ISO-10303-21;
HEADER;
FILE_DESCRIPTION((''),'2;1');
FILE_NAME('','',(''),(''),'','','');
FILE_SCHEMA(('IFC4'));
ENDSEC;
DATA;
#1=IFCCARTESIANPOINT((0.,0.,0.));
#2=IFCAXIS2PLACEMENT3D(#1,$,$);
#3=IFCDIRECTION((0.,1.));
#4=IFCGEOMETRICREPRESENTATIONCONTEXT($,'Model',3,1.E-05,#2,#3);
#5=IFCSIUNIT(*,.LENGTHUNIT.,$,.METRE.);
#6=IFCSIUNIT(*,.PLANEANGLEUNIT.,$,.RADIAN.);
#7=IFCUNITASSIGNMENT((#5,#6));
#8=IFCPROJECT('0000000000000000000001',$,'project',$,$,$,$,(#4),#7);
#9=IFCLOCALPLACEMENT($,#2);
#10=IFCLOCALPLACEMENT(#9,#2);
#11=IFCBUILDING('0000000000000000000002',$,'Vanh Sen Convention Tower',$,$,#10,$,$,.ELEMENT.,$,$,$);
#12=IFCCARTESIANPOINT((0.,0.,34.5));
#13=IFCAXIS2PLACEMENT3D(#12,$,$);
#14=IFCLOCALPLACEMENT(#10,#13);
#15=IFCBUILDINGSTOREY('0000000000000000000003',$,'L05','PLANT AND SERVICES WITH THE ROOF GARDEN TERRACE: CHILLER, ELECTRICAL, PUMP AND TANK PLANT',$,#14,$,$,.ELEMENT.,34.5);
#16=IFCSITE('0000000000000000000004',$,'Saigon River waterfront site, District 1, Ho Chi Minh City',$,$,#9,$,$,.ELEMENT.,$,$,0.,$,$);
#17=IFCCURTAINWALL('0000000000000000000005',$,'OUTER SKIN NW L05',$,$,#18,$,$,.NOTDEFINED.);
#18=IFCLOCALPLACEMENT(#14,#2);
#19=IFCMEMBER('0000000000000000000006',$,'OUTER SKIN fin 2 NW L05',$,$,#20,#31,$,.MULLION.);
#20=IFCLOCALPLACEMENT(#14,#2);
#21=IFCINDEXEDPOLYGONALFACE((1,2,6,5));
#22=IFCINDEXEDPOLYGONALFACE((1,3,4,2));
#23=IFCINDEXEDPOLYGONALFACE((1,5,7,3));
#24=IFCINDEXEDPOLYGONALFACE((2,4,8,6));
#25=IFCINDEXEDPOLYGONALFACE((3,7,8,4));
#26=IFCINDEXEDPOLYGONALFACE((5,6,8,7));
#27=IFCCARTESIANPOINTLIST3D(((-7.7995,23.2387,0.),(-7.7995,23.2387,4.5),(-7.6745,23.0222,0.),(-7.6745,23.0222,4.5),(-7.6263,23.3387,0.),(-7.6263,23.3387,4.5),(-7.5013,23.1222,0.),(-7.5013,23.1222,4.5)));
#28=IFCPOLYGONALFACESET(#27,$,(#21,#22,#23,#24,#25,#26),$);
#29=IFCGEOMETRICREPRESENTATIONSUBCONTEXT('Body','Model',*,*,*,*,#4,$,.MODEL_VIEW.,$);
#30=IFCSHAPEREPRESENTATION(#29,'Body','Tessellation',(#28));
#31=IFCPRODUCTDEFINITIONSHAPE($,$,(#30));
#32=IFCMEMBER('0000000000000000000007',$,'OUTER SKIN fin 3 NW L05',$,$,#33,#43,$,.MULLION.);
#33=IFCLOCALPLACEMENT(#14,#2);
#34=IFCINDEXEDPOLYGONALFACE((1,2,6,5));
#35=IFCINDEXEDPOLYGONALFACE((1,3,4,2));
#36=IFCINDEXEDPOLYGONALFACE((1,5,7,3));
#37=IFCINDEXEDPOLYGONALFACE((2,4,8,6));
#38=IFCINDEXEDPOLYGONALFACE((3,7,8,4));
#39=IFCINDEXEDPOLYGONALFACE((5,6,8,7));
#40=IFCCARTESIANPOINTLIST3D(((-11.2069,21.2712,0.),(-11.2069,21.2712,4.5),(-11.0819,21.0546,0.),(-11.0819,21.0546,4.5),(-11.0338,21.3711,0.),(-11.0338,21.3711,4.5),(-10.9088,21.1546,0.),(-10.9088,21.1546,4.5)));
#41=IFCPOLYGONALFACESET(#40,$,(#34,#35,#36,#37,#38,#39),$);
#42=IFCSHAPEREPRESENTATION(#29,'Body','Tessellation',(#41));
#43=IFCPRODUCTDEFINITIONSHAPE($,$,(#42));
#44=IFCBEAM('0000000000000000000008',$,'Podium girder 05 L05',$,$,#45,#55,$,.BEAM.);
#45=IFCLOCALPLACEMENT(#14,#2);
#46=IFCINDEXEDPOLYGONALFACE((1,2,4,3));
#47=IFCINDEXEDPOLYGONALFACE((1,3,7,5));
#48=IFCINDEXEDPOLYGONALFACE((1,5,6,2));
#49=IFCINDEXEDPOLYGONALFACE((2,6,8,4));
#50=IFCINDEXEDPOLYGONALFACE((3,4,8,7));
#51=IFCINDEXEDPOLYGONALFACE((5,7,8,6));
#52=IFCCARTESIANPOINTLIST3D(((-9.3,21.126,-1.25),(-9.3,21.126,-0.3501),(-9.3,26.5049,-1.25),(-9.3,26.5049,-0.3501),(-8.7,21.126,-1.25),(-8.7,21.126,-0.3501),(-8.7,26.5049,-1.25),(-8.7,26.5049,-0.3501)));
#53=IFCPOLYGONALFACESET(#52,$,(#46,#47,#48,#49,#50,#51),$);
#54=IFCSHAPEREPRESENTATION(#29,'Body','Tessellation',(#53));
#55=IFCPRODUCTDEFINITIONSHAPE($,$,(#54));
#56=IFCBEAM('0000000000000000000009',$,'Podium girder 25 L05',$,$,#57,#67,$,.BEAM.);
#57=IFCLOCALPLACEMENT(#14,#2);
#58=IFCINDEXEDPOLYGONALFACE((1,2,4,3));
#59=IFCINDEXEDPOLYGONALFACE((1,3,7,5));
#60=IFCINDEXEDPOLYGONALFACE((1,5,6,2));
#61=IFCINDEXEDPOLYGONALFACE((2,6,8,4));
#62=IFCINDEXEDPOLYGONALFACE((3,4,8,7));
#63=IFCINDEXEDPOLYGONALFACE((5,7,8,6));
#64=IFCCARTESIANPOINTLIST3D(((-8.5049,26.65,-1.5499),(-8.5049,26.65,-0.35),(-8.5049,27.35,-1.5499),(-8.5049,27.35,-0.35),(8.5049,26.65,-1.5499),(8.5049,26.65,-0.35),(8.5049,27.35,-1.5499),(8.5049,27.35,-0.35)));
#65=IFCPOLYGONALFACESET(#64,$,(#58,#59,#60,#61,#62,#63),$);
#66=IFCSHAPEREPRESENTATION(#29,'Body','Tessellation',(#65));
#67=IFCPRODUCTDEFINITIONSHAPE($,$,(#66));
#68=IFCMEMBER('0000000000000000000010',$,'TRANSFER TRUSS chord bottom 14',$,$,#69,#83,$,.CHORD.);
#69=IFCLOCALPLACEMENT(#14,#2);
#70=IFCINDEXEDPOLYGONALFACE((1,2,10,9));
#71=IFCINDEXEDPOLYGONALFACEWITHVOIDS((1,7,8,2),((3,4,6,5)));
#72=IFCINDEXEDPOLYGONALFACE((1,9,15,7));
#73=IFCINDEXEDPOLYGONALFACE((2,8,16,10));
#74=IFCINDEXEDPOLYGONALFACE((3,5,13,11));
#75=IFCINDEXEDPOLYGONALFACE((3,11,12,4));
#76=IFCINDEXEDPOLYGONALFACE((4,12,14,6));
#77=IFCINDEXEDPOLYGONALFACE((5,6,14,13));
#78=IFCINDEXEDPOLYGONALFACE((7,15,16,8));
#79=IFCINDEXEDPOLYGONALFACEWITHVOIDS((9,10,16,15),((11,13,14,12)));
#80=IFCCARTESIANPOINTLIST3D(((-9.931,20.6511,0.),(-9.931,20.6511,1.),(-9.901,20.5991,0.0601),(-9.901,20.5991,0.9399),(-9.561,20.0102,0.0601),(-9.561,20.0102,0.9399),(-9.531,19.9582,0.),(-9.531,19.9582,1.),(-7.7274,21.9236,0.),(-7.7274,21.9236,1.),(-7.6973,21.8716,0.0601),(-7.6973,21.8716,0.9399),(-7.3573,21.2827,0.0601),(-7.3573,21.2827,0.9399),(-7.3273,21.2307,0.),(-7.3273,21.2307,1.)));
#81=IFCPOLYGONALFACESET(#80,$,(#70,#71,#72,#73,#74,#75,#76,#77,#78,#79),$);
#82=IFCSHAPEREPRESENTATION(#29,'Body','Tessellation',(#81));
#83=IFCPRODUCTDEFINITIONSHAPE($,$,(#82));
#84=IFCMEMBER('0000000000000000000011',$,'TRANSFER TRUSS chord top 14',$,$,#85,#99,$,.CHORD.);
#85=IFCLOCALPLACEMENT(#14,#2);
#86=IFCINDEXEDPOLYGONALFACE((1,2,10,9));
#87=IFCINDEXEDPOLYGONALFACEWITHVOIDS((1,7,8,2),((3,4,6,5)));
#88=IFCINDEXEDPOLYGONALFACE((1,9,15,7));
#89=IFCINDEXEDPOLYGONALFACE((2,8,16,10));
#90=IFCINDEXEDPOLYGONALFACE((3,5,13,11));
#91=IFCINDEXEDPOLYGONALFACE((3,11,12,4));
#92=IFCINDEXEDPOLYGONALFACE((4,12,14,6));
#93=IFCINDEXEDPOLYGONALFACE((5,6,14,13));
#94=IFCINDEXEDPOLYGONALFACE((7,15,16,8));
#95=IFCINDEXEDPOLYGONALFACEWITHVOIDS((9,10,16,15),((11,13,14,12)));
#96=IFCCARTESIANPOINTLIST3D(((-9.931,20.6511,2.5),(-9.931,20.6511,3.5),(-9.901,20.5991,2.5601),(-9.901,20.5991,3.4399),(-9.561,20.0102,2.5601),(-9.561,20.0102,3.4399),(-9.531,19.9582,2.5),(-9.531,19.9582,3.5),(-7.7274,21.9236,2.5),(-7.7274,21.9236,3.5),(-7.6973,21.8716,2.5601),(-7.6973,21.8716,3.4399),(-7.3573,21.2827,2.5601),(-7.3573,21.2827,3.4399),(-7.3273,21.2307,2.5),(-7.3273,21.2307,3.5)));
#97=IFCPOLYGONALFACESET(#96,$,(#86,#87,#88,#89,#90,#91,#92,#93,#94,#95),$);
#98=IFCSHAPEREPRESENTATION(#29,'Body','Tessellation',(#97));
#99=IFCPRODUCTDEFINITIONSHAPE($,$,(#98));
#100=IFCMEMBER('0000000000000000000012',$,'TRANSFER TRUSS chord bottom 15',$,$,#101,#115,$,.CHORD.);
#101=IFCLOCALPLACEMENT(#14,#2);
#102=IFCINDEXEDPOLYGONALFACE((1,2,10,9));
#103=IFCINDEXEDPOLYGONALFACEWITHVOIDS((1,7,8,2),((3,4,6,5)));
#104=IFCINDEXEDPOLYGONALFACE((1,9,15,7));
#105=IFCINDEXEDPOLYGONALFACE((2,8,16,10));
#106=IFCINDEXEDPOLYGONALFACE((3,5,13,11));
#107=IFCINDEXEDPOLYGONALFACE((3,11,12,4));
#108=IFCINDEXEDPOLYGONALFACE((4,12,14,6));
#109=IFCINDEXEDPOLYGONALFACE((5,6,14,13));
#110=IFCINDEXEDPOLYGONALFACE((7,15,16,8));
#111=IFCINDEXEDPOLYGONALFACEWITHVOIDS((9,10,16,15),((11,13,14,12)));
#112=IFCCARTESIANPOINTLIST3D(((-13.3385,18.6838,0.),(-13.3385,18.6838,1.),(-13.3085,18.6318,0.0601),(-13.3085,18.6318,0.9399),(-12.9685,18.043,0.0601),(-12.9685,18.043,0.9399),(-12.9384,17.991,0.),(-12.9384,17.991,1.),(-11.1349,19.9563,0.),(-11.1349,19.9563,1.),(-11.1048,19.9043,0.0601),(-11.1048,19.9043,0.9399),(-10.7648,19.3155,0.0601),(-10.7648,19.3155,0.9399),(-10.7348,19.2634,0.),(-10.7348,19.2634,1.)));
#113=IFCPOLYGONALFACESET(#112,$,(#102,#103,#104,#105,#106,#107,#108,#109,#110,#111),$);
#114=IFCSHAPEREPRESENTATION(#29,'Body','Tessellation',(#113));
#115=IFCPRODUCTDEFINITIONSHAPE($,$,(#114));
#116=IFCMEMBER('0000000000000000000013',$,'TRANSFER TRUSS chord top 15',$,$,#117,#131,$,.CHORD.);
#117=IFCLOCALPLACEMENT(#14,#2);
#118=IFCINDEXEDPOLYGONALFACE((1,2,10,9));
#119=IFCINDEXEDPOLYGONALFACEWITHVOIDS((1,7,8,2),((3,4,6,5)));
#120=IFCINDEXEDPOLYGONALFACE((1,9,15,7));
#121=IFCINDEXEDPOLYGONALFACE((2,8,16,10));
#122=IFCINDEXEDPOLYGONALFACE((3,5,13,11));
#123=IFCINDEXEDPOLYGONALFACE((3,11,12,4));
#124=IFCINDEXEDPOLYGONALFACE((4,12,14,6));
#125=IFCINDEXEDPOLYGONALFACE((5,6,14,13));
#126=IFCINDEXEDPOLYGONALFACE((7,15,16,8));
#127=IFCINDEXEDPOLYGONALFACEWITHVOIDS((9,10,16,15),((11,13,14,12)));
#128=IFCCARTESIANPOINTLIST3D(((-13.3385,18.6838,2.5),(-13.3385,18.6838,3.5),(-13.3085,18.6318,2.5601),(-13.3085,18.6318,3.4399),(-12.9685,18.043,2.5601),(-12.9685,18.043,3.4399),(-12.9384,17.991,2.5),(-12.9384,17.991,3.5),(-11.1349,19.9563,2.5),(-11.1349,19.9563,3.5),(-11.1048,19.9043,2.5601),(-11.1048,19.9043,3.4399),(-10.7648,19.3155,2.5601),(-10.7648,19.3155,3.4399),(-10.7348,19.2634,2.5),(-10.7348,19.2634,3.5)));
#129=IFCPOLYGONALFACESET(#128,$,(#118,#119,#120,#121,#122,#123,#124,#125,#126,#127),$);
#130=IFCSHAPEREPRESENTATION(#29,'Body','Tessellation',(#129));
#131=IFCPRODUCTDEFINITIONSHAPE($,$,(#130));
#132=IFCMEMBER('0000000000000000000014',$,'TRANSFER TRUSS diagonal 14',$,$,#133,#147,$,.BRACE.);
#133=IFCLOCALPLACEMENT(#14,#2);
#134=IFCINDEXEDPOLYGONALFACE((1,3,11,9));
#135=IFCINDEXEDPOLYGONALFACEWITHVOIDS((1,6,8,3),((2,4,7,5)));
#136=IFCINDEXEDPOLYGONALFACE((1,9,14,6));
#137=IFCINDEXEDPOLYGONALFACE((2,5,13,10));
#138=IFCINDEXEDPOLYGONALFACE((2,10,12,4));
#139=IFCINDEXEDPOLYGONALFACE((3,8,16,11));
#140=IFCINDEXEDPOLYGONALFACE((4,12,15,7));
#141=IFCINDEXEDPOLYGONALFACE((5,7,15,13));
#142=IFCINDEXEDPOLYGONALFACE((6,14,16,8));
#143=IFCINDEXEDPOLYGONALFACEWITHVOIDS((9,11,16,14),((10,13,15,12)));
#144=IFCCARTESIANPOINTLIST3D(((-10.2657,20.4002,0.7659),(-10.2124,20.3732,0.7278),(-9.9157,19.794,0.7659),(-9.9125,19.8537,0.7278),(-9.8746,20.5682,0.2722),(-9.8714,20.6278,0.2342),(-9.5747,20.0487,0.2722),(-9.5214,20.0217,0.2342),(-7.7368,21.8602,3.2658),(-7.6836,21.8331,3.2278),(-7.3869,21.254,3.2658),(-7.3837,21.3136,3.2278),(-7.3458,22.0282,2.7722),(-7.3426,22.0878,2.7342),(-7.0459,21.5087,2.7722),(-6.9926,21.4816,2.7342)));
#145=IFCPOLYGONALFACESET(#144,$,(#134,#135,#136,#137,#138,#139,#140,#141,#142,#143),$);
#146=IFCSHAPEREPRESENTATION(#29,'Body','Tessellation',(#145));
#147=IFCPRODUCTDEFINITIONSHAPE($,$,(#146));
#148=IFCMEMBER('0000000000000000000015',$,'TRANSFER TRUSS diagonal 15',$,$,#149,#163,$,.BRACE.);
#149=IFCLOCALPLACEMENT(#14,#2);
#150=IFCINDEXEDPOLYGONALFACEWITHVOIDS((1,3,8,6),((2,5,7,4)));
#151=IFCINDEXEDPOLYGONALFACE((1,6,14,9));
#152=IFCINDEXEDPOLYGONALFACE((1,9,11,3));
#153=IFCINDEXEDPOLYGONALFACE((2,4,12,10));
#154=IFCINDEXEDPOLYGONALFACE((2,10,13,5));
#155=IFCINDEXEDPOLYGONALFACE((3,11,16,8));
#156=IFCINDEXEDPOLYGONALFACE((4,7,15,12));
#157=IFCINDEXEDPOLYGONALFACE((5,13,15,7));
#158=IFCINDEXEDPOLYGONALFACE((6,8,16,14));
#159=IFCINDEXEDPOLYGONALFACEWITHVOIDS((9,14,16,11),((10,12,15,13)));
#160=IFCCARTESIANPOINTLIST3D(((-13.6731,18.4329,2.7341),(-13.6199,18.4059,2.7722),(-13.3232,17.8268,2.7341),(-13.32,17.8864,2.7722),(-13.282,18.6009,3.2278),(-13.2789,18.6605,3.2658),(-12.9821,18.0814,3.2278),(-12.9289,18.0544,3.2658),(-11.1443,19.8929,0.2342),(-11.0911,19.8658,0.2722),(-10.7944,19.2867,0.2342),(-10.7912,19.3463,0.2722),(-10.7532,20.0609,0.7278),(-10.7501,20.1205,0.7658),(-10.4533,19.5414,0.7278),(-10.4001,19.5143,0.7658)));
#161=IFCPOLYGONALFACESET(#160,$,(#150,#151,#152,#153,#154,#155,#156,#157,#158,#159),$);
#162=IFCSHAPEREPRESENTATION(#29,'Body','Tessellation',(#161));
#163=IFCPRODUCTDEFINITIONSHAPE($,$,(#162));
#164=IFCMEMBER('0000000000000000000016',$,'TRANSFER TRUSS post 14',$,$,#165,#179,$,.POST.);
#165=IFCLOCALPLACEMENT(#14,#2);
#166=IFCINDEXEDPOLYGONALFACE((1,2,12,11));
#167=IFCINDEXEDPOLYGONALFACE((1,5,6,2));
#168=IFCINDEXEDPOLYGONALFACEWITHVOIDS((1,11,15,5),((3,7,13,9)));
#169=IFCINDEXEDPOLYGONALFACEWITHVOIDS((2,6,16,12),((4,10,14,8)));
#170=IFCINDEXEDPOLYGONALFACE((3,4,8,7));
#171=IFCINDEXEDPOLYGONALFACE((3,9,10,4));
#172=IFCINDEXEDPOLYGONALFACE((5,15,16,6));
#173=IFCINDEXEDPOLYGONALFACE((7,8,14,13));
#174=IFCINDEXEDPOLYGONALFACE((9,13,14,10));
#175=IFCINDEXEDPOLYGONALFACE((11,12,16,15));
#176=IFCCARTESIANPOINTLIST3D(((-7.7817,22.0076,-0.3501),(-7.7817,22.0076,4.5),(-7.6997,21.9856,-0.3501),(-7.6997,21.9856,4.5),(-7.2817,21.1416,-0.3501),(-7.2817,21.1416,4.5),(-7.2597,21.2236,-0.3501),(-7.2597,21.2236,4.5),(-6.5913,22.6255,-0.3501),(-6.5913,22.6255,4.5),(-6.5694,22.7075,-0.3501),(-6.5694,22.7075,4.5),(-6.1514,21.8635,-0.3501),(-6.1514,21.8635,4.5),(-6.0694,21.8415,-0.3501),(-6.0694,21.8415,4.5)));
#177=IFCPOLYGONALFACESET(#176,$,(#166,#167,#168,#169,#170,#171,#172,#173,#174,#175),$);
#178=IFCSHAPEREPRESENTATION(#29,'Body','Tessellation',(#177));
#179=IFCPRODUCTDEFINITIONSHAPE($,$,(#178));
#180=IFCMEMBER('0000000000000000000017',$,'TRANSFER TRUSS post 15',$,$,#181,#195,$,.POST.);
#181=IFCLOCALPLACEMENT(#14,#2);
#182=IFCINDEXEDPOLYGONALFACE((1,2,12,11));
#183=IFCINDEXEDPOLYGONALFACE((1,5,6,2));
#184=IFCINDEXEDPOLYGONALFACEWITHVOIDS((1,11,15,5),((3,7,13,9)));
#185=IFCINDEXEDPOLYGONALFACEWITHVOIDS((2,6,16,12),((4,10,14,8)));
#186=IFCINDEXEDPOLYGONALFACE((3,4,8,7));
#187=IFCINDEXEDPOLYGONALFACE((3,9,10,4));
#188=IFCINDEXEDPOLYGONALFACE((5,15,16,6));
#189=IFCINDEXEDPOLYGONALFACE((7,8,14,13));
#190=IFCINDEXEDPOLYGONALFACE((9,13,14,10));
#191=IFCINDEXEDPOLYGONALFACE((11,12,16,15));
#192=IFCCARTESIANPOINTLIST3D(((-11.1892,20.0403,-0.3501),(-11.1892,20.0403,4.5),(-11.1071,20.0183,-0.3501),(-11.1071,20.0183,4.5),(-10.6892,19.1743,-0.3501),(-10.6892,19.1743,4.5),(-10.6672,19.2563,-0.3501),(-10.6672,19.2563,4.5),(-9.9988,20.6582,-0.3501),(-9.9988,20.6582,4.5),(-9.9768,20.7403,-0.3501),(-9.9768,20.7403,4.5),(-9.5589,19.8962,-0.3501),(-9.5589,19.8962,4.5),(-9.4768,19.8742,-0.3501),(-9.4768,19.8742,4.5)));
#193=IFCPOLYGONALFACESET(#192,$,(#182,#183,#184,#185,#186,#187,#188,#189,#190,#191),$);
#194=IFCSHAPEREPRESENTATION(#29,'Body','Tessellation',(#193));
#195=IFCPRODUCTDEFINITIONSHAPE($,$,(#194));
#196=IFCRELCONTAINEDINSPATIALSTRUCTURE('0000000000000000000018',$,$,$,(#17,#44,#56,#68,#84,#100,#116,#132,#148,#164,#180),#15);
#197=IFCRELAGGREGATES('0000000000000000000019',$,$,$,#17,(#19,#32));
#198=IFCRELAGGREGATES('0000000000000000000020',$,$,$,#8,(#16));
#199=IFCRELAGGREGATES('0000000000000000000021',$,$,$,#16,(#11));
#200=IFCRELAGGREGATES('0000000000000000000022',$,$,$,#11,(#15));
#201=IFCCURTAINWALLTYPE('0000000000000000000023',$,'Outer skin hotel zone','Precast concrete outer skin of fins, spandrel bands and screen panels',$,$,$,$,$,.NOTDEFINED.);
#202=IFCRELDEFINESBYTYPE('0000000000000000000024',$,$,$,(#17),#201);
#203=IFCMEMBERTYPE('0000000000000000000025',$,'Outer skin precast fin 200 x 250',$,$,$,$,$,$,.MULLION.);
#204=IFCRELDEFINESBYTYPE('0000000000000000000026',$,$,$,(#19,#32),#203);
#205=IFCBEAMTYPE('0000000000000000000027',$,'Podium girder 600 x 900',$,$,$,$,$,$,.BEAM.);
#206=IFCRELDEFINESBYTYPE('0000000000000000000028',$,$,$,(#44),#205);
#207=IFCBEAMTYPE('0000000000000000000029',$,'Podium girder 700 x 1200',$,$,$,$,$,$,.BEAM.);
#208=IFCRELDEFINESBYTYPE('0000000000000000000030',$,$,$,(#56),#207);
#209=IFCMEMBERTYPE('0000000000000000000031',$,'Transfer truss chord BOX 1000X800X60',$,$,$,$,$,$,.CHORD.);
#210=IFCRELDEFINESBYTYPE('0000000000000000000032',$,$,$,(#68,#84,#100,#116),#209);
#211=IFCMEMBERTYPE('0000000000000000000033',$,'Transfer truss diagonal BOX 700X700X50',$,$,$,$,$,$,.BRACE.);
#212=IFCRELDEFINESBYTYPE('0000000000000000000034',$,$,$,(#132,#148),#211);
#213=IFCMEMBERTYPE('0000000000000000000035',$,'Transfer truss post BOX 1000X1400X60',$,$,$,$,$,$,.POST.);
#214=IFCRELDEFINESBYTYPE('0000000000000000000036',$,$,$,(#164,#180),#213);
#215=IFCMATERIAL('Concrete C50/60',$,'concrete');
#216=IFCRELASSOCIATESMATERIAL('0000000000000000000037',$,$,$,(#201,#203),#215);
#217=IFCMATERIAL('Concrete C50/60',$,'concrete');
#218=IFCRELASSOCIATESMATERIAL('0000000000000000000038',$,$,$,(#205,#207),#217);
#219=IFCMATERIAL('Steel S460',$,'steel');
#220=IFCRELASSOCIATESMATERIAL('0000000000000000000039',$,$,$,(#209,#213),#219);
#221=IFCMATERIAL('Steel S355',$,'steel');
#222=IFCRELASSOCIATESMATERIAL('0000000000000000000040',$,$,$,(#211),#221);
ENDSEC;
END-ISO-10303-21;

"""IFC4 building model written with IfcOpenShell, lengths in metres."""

from ifc_helpers import new_model, si_unit, direction, frame, origin, origin_2d, place, context, subcontext, project, spatial, rectangle, hollow_rectangle, extrude, material, material_profile, profile_set, type_object, element, aggregate, save


model = new_model("IFC4")

# Units and contexts
model_context = context("Model", 3, precision=1e-05, world=origin(), true_north=direction((0.0, 1.0)))
body_context = subcontext(model_context, "Body", "Model", "MODEL_VIEW")
ifc_project = project(units=[si_unit("LENGTHUNIT", "METRE"), si_unit("PLANEANGLEUNIT", "RADIAN")], contexts=[model_context])

# Site, building, storey
site_placement = place(None, origin())
site = spatial("IfcSite", under=ifc_project, at=site_placement, Name="Saigon River waterfront site, District 1, Ho Chi Minh City", CompositionType="ELEMENT", RefElevation=0.0)
building_placement = place(site_placement, origin())
building = spatial("IfcBuilding", under=site, at=building_placement, Name="Vanh Sen Convention Tower", CompositionType="ELEMENT")
storey_placement = place(building_placement, frame((0.0, 0.0, 34.5)))
storey = spatial("IfcBuildingStorey", under=building, at=storey_placement, Name="L05", Description="PLANT AND SERVICES WITH THE ROOF GARDEN TERRACE: CHILLER, ELECTRICAL, PUMP AND TANK PLANT", CompositionType="ELEMENT", Elevation=34.5)

# Curtain wall, members
ifc_material_1 = material(Name="Concrete C50/60", Category="concrete")
curtain_wall_type = type_object("IfcCurtainWallType", Name="Outer skin hotel zone", Description="Precast concrete outer skin of fins, spandrel bands and screen panels", PredefinedType="NOTDEFINED", material=ifc_material_1)
curtain_wall_placement = place(storey_placement, origin())
curtain_wall = element("IfcCurtainWall", 1, at=curtain_wall_placement, inside=storey, type_object=curtain_wall_type, Name="OUTER SKIN NW L05", PredefinedType="NOTDEFINED")
ifc_material_profile_1 = material_profile(ifc_material_1, rectangle(XDim=0.2, YDim=0.25, at=origin_2d()), Name="Outer skin precast fin 200 x 250")
ifc_profile_set_1 = profile_set([ifc_material_profile_1], Name="Concrete C50/60")
member_type_1 = type_object("IfcMemberType", Name="Outer skin precast fin 200 x 250", PredefinedType="MULLION", material=ifc_profile_set_1)
member_1_placement = place(storey_placement, frame((-7.6504, 23.1804, 0.0), z_axis=(0.0, 0.0, 1.0), x_axis=(-0.866025, -0.5, 0.0)))
member_1 = element("IfcMember", 2, at=member_1_placement, type_object=member_type_1, Name="OUTER SKIN fin 2 NW L05", PredefinedType="MULLION", context=body_context, shape_type="SweptSolid", body=[
    extrude(rectangle(XDim=0.2, YDim=0.25, at=origin_2d()), origin(), (0.0, 0.0, 1.0), 4.5),
])
member_2_placement = place(storey_placement, frame((-11.0579, 21.2129, 0.0), z_axis=(0.0, 0.0, 1.0), x_axis=(-0.866025, -0.5, 0.0)))
member_2 = element("IfcMember", 3, at=member_2_placement, type_object=member_type_1, Name="OUTER SKIN fin 3 NW L05", PredefinedType="MULLION", context=body_context, shape_type="SweptSolid", body=[
    extrude(rectangle(XDim=0.2, YDim=0.25, at=origin_2d()), origin(), (0.0, 0.0, 1.0), 4.5),
])

# Beams
ifc_material_2 = material(Name="Concrete C50/60", Category="concrete")
ifc_material_profile_2 = material_profile(ifc_material_2, rectangle(XDim=0.6001, YDim=0.8999, at=origin_2d()), Name="RC 600X900")
ifc_profile_set_2 = profile_set([ifc_material_profile_2], Name="Concrete C50/60")
beam_type_1 = type_object("IfcBeamType", Name="Podium girder 600 x 900", PredefinedType="BEAM", material=ifc_profile_set_2)
beam_1_placement = place(storey_placement, frame((-9.0, 21.126, -0.8), z_axis=(0.0, 1.0, 0.0), x_axis=(-1.0, 0.0, 0.0)))
element("IfcBeam", 4, at=beam_1_placement, inside=storey, type_object=beam_type_1, Name="Podium girder 05 L05", PredefinedType="BEAM", context=body_context, shape_type="SweptSolid", body=[
    extrude(rectangle(XDim=0.6001, YDim=0.8999, at=origin_2d()), origin(), (0.0, 0.0, 1.0), 5.3789),
])
ifc_material_profile_3 = material_profile(ifc_material_2, rectangle(XDim=0.7, YDim=1.2, at=origin_2d()), Name="RC 700X1200")
ifc_profile_set_3 = profile_set([ifc_material_profile_3], Name="Concrete C50/60")
beam_type_2 = type_object("IfcBeamType", Name="Podium girder 700 x 1200", PredefinedType="BEAM", material=ifc_profile_set_3)
beam_2_placement = place(storey_placement, frame((-8.5049, 27.0, -0.95), z_axis=(1.0, 0.0, 0.0), x_axis=(0.0, 1.0, 0.0)))
element("IfcBeam", 5, at=beam_2_placement, inside=storey, type_object=beam_type_2, Name="Podium girder 25 L05", PredefinedType="BEAM", context=body_context, shape_type="SweptSolid", body=[
    extrude(rectangle(XDim=0.7, YDim=1.2, at=origin_2d()), origin(), (0.0, 0.0, 1.0), 17.0098),
])

# Members
ifc_material_3 = material(Name="Steel S460", Category="steel")
ifc_material_profile_4 = material_profile(ifc_material_3, hollow_rectangle(XDim=0.8, YDim=1.0, WallThickness=0.0601, at=origin_2d()), Name="BOX 1000X800X60")
ifc_profile_set_4 = profile_set([ifc_material_profile_4], Name="Steel S460")
member_type_2 = type_object("IfcMemberType", Name="Transfer truss chord BOX 1000X800X60", PredefinedType="CHORD", material=ifc_profile_set_4)
for number, where, z_axis, x_axis, name in (
    (6, (-7.5273, 21.5771, 0.5), (-0.865991, -0.50006, 0.0), (0.50006, -0.865991, 0.0), "TRANSFER TRUSS chord bottom 14"),
    (7, (-7.5273, 21.5771, 3.0), (-0.865991, -0.50006, 0.0), (0.50006, -0.865991, 0.0), "TRANSFER TRUSS chord top 14"),
    (8, (-10.9348, 19.6099, 0.5), (-0.865991, -0.50006, 0.0), (0.50006, -0.865991, 0.0), "TRANSFER TRUSS chord bottom 15"),
    (9, (-10.9348, 19.6099, 3.0), (-0.865991, -0.50006, 0.0), (0.50006, -0.865991, 0.0), "TRANSFER TRUSS chord top 15"),
):
    element("IfcMember", number, at=place(storey_placement, frame(where, z_axis=z_axis, x_axis=x_axis)), inside=storey, type_object=member_type_2, Name=name, PredefinedType="CHORD", context=body_context, shape_type="SweptSolid", body=[
        extrude(hollow_rectangle(XDim=0.8, YDim=1.0, WallThickness=0.0601, at=origin_2d()), origin(), (0.0, 0.0, 1.0), 2.5447),
    ])
ifc_material_4 = material(Name="Steel S355", Category="steel")
ifc_material_profile_5 = material_profile(ifc_material_4, hollow_rectangle(XDim=0.7, YDim=0.7, WallThickness=0.05, at=origin_2d()), Name="BOX 700X700X50")
ifc_profile_set_5 = profile_set([ifc_material_profile_5], Name="Steel S355")
member_type_3 = type_object("IfcMemberType", Name="Transfer truss diagonal BOX 700X700X50", PredefinedType="BRACE", material=ifc_profile_set_5)
for number, where, z_axis, x_axis, name in (
    (10, (-7.3647, 21.6709, 3.0), (-0.657858, -0.379802, -0.650364), (0.499988, -0.866032, 0.0), "TRANSFER TRUSS diagonal 14"),
    (11, (-10.7722, 19.7036, 0.5), (-0.657858, -0.379802, 0.650364), (0.499988, -0.866032, 0.0), "TRANSFER TRUSS diagonal 15"),
):
    element("IfcMember", number, at=place(storey_placement, frame(where, z_axis=z_axis, x_axis=x_axis)), inside=storey, type_object=member_type_3, Name=name, PredefinedType="BRACE", context=body_context, shape_type="SweptSolid", body=[
        extrude(hollow_rectangle(XDim=0.7, YDim=0.7, WallThickness=0.05, at=origin_2d()), origin(), (0.0, 0.0, 1.0), 3.844),
    ])
ifc_material_profile_6 = material_profile(ifc_material_3, hollow_rectangle(XDim=1.3999, YDim=1.0, WallThickness=0.0601, at=origin_2d()), Name="BOX 1000X1400X60")
ifc_profile_set_6 = profile_set([ifc_material_profile_6], Name="Steel S460")
member_type_4 = type_object("IfcMemberType", Name="Transfer truss post BOX 1000X1400X60", PredefinedType="POST", material=ifc_profile_set_6)
for number, where, z_axis, x_axis, name in (
    (12, (-6.9255, 21.9246, -0.3501), (0.0, 0.0, 1.0), (-0.866025, -0.5, 0.0), "TRANSFER TRUSS post 14"),
    (13, (-10.333, 19.9573, -0.3501), (0.0, 0.0, 1.0), (-0.866025, -0.5, 0.0), "TRANSFER TRUSS post 15"),
):
    element("IfcMember", number, at=place(storey_placement, frame(where, z_axis=z_axis, x_axis=x_axis)), inside=storey, type_object=member_type_4, Name=name, PredefinedType="POST", context=body_context, shape_type="SweptSolid", body=[
        extrude(hollow_rectangle(XDim=1.3999, YDim=1.0, WallThickness=0.0601, at=origin_2d()), origin(), (0.0, 0.0, 1.0), 4.8501),
    ])

aggregate(curtain_wall, [member_1, member_2])

save(model, "model.ifc")
